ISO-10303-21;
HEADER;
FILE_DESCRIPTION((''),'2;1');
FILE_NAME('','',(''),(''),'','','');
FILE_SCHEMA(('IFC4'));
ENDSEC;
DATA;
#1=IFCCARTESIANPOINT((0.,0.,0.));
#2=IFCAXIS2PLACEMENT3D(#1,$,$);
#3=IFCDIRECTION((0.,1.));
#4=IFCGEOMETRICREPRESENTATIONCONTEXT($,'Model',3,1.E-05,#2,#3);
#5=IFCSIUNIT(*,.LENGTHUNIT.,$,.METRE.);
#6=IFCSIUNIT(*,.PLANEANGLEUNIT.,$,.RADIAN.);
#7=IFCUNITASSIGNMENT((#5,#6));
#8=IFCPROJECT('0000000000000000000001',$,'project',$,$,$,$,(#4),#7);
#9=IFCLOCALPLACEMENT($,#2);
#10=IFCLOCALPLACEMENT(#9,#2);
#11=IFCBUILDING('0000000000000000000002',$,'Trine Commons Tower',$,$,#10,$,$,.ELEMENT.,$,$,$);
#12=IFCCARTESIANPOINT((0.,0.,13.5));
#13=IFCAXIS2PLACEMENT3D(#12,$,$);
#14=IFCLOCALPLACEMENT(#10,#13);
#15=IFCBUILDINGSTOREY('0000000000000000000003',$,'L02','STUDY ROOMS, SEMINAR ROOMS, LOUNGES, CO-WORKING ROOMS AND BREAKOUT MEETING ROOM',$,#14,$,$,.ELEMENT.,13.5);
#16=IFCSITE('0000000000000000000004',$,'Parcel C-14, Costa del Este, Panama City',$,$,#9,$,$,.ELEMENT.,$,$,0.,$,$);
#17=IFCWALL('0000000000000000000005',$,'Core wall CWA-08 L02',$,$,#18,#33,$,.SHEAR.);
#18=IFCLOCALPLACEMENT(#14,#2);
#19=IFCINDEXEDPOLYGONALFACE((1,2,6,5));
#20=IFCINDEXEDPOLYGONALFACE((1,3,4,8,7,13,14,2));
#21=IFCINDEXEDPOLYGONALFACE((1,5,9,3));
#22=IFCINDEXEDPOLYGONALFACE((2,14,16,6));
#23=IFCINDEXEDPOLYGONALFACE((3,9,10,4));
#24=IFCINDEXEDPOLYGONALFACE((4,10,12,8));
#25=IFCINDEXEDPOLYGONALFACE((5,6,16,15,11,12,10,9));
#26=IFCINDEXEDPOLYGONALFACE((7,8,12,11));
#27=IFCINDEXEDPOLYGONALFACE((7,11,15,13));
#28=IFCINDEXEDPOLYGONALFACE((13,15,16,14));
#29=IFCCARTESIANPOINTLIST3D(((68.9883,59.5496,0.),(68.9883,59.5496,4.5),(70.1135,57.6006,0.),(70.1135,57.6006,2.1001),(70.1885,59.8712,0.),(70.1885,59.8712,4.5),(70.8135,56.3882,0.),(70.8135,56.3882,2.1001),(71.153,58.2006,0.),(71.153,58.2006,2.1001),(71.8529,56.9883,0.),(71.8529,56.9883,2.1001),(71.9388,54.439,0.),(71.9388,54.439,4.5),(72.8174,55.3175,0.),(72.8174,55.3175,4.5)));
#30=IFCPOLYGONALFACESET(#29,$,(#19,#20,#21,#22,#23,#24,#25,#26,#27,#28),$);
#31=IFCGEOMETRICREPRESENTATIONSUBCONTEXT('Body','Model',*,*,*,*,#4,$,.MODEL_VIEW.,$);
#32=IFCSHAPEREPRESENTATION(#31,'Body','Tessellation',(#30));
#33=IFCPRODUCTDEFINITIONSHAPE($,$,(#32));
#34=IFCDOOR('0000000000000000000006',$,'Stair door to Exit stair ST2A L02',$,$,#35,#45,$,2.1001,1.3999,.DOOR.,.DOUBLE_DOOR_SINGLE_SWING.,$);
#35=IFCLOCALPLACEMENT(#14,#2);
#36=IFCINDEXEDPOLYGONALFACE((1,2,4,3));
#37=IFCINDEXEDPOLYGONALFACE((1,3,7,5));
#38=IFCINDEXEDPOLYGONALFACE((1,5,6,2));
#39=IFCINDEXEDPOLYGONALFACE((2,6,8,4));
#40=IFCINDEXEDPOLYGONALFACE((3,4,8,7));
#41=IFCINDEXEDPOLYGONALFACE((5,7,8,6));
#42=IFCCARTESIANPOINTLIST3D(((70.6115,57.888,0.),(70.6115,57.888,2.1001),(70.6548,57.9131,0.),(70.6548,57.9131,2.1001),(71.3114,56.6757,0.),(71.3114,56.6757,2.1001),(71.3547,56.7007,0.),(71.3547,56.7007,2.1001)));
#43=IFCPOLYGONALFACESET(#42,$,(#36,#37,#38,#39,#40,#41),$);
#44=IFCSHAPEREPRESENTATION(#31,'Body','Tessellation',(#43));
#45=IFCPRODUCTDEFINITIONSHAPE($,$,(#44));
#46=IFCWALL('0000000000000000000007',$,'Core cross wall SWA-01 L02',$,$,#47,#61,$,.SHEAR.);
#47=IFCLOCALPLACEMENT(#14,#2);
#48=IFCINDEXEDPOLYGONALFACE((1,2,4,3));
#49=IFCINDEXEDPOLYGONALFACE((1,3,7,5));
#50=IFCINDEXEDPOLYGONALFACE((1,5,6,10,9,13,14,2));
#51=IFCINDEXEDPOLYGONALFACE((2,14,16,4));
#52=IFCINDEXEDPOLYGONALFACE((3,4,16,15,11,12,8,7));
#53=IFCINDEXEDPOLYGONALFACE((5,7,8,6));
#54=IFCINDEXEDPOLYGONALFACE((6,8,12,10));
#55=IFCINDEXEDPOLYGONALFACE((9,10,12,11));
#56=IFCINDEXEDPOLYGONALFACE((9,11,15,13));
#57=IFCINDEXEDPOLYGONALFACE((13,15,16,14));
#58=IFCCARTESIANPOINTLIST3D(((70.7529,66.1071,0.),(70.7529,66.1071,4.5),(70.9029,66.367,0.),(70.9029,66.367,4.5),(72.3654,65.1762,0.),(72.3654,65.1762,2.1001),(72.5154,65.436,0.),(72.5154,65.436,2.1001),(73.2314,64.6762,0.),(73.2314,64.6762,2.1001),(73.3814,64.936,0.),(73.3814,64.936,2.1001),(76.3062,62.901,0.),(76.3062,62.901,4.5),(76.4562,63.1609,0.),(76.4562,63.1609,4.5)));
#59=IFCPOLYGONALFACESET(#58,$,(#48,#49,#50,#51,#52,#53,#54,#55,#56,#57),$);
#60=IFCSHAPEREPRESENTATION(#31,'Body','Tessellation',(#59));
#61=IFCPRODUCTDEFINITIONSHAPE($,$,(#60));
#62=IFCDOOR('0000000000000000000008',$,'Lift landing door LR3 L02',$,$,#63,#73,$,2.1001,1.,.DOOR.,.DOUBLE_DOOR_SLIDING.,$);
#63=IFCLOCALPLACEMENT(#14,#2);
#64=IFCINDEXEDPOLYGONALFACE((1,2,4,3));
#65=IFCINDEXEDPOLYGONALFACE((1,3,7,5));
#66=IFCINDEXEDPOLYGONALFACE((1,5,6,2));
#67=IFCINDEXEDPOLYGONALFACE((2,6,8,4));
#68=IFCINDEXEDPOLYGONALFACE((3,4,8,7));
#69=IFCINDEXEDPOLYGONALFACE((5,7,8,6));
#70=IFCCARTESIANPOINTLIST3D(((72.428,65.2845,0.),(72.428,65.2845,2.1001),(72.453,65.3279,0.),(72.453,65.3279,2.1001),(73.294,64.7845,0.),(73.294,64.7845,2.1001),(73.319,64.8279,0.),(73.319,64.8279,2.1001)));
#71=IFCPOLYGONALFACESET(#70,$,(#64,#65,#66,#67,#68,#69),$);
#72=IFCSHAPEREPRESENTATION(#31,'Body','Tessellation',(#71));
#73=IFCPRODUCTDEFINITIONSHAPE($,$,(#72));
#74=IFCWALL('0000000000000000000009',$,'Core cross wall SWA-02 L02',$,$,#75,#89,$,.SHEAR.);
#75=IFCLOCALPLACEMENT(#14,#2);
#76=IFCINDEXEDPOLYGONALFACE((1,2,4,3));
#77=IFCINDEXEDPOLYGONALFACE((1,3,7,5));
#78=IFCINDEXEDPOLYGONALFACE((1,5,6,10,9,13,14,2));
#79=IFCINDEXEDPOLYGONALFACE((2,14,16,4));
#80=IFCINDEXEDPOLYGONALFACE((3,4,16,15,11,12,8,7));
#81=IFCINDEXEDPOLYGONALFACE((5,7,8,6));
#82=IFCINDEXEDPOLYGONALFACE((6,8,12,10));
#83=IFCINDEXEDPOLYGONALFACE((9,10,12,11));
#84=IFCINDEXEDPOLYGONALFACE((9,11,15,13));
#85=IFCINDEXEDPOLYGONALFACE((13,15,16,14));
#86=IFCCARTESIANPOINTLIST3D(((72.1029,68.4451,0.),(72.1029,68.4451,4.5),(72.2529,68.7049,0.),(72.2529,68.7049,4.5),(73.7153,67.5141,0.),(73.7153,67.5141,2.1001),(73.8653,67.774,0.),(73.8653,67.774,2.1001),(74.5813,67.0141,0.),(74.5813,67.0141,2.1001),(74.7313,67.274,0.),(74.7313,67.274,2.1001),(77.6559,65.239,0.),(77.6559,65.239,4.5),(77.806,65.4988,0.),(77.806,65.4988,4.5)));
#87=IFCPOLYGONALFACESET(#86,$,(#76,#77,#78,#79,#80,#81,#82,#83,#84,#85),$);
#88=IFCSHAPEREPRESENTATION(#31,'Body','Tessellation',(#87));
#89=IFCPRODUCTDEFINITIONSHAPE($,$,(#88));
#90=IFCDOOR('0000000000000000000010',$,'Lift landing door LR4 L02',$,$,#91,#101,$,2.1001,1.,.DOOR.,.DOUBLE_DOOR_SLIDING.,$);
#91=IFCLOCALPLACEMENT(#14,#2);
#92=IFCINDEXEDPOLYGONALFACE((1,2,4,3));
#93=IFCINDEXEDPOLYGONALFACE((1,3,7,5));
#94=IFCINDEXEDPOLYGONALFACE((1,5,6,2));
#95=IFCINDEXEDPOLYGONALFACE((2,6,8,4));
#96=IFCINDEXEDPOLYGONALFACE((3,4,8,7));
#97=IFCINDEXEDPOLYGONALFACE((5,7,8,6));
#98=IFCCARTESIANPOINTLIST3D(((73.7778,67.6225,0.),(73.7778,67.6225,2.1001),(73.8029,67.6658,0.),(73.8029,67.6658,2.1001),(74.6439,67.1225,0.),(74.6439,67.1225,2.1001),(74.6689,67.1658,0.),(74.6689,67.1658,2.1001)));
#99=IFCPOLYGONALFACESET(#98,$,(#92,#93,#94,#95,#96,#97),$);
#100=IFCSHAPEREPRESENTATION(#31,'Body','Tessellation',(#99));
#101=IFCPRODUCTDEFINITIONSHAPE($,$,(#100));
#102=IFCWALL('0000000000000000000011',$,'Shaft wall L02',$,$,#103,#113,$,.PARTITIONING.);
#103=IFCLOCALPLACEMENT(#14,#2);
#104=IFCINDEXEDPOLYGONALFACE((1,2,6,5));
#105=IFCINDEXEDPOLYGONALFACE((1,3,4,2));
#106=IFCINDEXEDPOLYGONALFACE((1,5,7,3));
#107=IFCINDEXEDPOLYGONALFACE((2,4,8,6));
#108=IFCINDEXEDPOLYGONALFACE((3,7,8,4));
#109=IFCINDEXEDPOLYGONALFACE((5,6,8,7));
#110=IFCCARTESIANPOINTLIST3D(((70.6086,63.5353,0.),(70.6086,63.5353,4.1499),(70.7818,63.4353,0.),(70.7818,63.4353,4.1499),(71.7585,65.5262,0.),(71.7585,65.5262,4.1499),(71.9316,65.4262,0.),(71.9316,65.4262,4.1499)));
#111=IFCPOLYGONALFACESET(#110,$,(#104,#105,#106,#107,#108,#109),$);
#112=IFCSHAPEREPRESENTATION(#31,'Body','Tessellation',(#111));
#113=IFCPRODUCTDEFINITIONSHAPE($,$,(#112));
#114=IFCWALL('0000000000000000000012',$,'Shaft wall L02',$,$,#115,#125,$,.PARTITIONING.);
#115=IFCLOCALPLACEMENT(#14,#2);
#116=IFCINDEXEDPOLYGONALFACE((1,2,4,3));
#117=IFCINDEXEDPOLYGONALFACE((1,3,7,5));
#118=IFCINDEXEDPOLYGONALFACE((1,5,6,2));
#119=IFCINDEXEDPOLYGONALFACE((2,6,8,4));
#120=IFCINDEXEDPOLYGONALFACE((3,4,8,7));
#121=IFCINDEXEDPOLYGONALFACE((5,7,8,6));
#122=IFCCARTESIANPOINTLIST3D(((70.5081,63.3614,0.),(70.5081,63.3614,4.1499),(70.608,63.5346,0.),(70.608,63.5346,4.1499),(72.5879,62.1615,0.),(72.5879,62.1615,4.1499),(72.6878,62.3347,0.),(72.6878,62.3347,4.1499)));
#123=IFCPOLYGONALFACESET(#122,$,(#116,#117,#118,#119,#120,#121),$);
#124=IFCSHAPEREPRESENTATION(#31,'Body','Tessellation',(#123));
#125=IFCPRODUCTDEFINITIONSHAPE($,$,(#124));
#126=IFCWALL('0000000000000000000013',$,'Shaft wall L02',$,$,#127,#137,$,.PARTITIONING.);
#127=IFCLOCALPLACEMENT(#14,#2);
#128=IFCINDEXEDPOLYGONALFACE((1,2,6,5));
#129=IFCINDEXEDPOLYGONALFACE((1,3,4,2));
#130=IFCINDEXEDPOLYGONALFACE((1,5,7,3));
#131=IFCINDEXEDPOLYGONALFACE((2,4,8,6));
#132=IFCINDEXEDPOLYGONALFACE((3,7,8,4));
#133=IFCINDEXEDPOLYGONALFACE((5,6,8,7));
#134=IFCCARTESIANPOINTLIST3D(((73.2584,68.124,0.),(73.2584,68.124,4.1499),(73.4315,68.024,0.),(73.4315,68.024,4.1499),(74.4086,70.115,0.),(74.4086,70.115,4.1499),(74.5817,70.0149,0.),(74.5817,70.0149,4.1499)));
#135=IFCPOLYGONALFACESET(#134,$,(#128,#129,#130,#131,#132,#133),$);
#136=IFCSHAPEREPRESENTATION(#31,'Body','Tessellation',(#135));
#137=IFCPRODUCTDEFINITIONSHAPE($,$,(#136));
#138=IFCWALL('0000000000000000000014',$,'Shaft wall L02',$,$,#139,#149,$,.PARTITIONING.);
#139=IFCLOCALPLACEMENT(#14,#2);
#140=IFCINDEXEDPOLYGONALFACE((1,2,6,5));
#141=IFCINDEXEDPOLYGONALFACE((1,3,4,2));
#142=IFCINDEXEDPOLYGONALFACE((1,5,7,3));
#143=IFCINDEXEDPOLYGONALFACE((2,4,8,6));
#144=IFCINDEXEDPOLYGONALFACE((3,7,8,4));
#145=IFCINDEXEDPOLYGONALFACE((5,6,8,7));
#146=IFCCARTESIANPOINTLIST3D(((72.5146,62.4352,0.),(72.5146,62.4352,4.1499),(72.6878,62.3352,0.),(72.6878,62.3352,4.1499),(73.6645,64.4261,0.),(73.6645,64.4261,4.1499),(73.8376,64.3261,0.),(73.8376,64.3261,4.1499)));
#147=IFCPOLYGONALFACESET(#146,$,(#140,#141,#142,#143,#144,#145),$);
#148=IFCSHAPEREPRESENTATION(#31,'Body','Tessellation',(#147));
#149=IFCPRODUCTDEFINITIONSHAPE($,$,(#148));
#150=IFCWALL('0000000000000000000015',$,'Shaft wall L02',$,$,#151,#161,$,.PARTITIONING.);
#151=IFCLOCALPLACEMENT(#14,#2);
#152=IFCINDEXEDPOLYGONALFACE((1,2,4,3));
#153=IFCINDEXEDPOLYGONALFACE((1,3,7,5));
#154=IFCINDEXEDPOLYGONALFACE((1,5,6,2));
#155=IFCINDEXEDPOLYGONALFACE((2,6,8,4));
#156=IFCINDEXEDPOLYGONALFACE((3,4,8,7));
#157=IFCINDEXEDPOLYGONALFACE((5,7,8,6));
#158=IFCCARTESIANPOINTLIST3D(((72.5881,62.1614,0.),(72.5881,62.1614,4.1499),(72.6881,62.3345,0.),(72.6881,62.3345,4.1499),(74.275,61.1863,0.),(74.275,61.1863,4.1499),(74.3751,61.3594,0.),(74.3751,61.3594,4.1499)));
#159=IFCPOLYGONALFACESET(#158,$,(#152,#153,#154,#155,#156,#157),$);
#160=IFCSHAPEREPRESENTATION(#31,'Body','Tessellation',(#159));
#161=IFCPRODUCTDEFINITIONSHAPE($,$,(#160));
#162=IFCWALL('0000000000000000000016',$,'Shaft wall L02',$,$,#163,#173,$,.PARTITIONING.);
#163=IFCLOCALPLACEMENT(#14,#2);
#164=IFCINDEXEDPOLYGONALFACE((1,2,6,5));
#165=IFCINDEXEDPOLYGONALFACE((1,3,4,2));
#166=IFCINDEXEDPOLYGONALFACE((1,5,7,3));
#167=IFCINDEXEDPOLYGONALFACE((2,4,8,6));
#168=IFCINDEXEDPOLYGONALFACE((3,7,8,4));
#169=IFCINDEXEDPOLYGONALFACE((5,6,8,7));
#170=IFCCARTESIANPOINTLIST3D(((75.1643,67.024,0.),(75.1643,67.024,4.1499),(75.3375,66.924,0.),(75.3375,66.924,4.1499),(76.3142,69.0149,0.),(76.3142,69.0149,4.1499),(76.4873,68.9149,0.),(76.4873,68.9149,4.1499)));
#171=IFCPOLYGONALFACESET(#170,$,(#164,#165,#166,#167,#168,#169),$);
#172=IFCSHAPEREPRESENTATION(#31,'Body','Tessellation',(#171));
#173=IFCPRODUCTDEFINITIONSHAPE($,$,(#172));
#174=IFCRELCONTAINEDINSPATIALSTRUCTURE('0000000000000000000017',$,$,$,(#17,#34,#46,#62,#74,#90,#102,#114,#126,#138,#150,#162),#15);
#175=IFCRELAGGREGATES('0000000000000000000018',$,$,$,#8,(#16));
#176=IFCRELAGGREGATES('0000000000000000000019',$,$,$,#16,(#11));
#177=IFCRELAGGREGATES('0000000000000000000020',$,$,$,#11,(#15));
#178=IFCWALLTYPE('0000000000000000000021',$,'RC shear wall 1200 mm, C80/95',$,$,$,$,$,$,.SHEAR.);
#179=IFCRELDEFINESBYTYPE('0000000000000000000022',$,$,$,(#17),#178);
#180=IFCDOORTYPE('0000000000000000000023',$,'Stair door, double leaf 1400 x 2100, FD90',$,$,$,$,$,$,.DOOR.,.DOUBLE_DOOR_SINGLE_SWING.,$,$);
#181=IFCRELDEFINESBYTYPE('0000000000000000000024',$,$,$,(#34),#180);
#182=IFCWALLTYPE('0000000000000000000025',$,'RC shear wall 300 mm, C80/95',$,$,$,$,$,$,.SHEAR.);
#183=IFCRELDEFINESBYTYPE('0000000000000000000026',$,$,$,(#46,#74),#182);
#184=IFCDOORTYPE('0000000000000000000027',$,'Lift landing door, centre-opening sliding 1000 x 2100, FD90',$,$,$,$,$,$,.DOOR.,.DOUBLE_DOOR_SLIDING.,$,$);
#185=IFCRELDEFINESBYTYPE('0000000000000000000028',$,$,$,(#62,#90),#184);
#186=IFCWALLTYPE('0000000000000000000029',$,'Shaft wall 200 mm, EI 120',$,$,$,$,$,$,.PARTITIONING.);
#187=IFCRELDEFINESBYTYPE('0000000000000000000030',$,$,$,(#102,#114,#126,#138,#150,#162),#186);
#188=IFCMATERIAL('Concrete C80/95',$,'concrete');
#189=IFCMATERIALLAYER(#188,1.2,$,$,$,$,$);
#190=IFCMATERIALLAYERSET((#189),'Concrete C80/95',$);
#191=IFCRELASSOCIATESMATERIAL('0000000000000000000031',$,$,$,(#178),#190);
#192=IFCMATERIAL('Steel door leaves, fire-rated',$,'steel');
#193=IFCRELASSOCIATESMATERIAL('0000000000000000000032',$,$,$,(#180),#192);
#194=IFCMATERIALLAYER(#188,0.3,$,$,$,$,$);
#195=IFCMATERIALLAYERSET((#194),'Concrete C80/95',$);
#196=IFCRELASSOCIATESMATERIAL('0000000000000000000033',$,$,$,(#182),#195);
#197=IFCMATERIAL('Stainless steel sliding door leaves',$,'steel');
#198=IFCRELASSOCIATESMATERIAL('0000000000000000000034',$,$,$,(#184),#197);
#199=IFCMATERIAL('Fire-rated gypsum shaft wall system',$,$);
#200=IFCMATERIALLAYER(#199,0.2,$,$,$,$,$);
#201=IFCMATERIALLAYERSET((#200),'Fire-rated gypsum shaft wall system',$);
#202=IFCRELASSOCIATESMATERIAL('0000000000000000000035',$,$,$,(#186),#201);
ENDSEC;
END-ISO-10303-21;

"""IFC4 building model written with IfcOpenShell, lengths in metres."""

from ifc_helpers import new_model, si_unit, direction, frame, frame_2d, origin, place, context, subcontext, project, spatial, polyline, rectangle, outline, extrude, material, layer, layer_set, type_object, element, fill, save


model = new_model("IFC4")

# Units and contexts
model_context = context("Model", 3, precision=1e-05, world=origin(), true_north=direction((0.0, 1.0)))
body_context = subcontext(model_context, "Body", "Model", "MODEL_VIEW")
ifc_project = project(units=[si_unit("LENGTHUNIT", "METRE"), si_unit("PLANEANGLEUNIT", "RADIAN")], contexts=[model_context])

# Site, building, storey
site_placement = place(None, origin())
site = spatial("IfcSite", under=ifc_project, at=site_placement, Name="Parcel C-14, Costa del Este, Panama City", CompositionType="ELEMENT", RefElevation=0.0)
building_placement = place(site_placement, origin())
building = spatial("IfcBuilding", under=site, at=building_placement, Name="Trine Commons Tower", CompositionType="ELEMENT")
storey_placement = place(building_placement, frame((0.0, 0.0, 13.5)))
storey = spatial("IfcBuildingStorey", under=building, at=storey_placement, Name="L02", Description="STUDY ROOMS, SEMINAR ROOMS, LOUNGES, CO-WORKING ROOMS AND BREAKOUT MEETING ROOM", CompositionType="ELEMENT", Elevation=13.5)

# Walls, openings, doors
ifc_material_1 = material(Name="Fire-rated gypsum shaft wall system")
ifc_material_2 = material(Name="Concrete C80/95", Category="concrete")
ifc_layer_1 = layer(ifc_material_2, 1.2)
ifc_layer_set_1 = layer_set([ifc_layer_1], Name="Concrete C80/95")
wall_type_1 = type_object("IfcWallType", Name="RC shear wall 1200 mm, C80/95", PredefinedType="SHEAR", material=ifc_layer_set_1)
wall_1_placement = place(storey_placement, frame((69.5081, 59.8496, 0.0), z_axis=(0.0, 0.0, 1.0), x_axis=(0.499979, -0.866037, 0.0)))
wall_1 = element("IfcWall", 1, at=wall_1_placement, inside=storey, type_object=wall_type_1, Name="Core wall CWA-08 L02", PredefinedType="SHEAR", context=body_context, shape_type="SweptSolid", body=[
    extrude(outline(polyline([(0.0, -0.6001), (5.9011, -0.6001), (5.5796, 0.6001), (0.3215, 0.6001), (0.0, -0.6001)])), origin(), (0.0, 0.0, 1.0), 4.5),
])
opening_1_placement = place(wall_1_placement, frame((2.2505, 0.0, 0.0)))
opening_1 = element("IfcOpeningElement", 2, at=opening_1_placement, cuts=wall_1, PredefinedType="OPENING", context=body_context, shape_type="SweptSolid", body=[
    extrude(rectangle(XDim=1.3999, YDim=2.1001, at=frame_2d((0.7, 1.05))), frame((0.0, 0.6099, 0.0), z_axis=(0.0, -1.0, 0.0), x_axis=(1.0, 0.0, 0.0)), (0.0, 0.0, 1.0), 1.22),
])
ifc_material_3 = material(Name="Steel door leaves, fire-rated", Category="steel")
door_type_1 = type_object("IfcDoorType", Name="Stair door, double leaf 1400 x 2100, FD90", OperationType="DOUBLE_DOOR_SINGLE_SWING", PredefinedType="DOOR", material=ifc_material_3)
door_1_placement = place(opening_1_placement, origin())
door_1 = element("IfcDoor", 3, at=door_1_placement, inside=storey, type_object=door_type_1, Name="Stair door to Exit stair ST2A L02", OperationType="DOUBLE_DOOR_SINGLE_SWING", OverallHeight=2.1001, OverallWidth=1.3999, PredefinedType="DOOR", context=body_context, shape_type="SweptSolid", body=[
    extrude(rectangle(XDim=1.3999, YDim=2.1001, at=frame_2d((0.7, 1.05))), frame((0.0, 0.0249, 0.0), z_axis=(0.0, -1.0, 0.0), x_axis=(1.0, 0.0, 0.0)), (0.0, 0.0, 1.0), 0.05),
])
fill(opening_1, door_1)
ifc_layer_2 = layer(ifc_material_2, 0.3)
ifc_layer_set_2 = layer_set([ifc_layer_2], Name="Concrete C80/95")
wall_type_2 = type_object("IfcWallType", Name="RC shear wall 300 mm, C80/95", PredefinedType="SHEAR", material=ifc_layer_set_2)
wall_2_placement = place(storey_placement, frame((76.3811, 63.031, 0.0), z_axis=(0.0, 0.0, 1.0), x_axis=(-0.866032, 0.499988, 0.0)))
wall_2 = element("IfcWall", 4, at=wall_2_placement, inside=storey, type_object=wall_type_2, Name="Core cross wall SWA-01 L02", PredefinedType="SHEAR", context=body_context, shape_type="SweptSolid", body=[
    extrude(rectangle(XDim=6.4124, YDim=0.3, at=frame_2d((3.2061, 0.0))), origin(), (0.0, 0.0, 1.0), 4.5),
])
opening_2_placement = place(wall_2_placement, frame((3.5503, 0.0, 0.0)))
opening_2 = element("IfcOpeningElement", 5, at=opening_2_placement, cuts=wall_2, PredefinedType="OPENING", context=body_context, shape_type="SweptSolid", body=[
    extrude(rectangle(XDim=1.0, YDim=2.1001, at=frame_2d((0.5, 1.05))), frame((0.0, 0.1599, 0.0), z_axis=(0.0, -1.0, 0.0), x_axis=(1.0, 0.0, 0.0)), (0.0, 0.0, 1.0), 0.3201),
])
ifc_material_4 = material(Name="Stainless steel sliding door leaves", Category="steel")
door_type_2 = type_object("IfcDoorType", Name="Lift landing door, centre-opening sliding 1000 x 2100, FD90", OperationType="DOUBLE_DOOR_SLIDING", PredefinedType="DOOR", material=ifc_material_4)
door_2_placement = place(opening_2_placement, origin())
door_2 = element("IfcDoor", 6, at=door_2_placement, inside=storey, type_object=door_type_2, Name="Lift landing door LR3 L02", OperationType="DOUBLE_DOOR_SLIDING", OverallHeight=2.1001, OverallWidth=1.0, PredefinedType="DOOR", context=body_context, shape_type="SweptSolid", body=[
    extrude(rectangle(XDim=1.0, YDim=2.1001, at=frame_2d((0.5, 1.05))), frame((0.0, 0.0249, 0.0), z_axis=(0.0, -1.0, 0.0), x_axis=(1.0, 0.0, 0.0)), (0.0, 0.0, 1.0), 0.05),
])
fill(opening_2, door_2)
wall_3_placement = place(storey_placement, frame((77.731, 65.3689, 0.0), z_axis=(0.0, 0.0, 1.0), x_axis=(-0.866023, 0.500005, 0.0)))
wall_3 = element("IfcWall", 7, at=wall_3_placement, inside=storey, type_object=wall_type_2, Name="Core cross wall SWA-02 L02", PredefinedType="SHEAR", context=body_context, shape_type="SweptSolid", body=[
    extrude(rectangle(XDim=6.4121, YDim=0.3, at=frame_2d((3.2061, 0.0))), origin(), (0.0, 0.0, 1.0), 4.5),
])
opening_3_placement = place(wall_3_placement, frame((3.5503, 0.0, 0.0)))
opening_3 = element("IfcOpeningElement", 8, at=opening_3_placement, cuts=wall_3, PredefinedType="OPENING", context=body_context, shape_type="SweptSolid", body=[
    extrude(rectangle(XDim=1.0, YDim=2.1001, at=frame_2d((0.5, 1.05))), frame((0.0, 0.1599, 0.0), z_axis=(0.0, -1.0, 0.0), x_axis=(1.0, 0.0, 0.0)), (0.0, 0.0, 1.0), 0.3201),
])
door_3_placement = place(opening_3_placement, origin())
door_3 = element("IfcDoor", 9, at=door_3_placement, inside=storey, type_object=door_type_2, Name="Lift landing door LR4 L02", OperationType="DOUBLE_DOOR_SLIDING", OverallHeight=2.1001, OverallWidth=1.0, PredefinedType="DOOR", context=body_context, shape_type="SweptSolid", body=[
    extrude(rectangle(XDim=1.0, YDim=2.1001, at=frame_2d((0.5, 1.05))), frame((0.0, 0.0249, 0.0), z_axis=(0.0, -1.0, 0.0), x_axis=(1.0, 0.0, 0.0)), (0.0, 0.0, 1.0), 0.05),
])
fill(opening_3, door_3)

# Walls
ifc_layer_3 = layer(ifc_material_1, 0.2)
ifc_layer_set_3 = layer_set([ifc_layer_3], Name="Fire-rated gypsum shaft wall system")
wall_type_3 = type_object("IfcWallType", Name="Shaft wall 200 mm, EI 120", PredefinedType="PARTITIONING", material=ifc_layer_set_3)
wall_4_placement = place(storey_placement, frame((71.845, 65.4761, 0.0), z_axis=(0.0, 0.0, 1.0), x_axis=(-0.500136, -0.865947, 0.0)))
element("IfcWall", 10, at=wall_4_placement, inside=storey, type_object=wall_type_3, Name="Shaft wall L02", PredefinedType="PARTITIONING", context=body_context, shape_type="SweptSolid", body=[
    extrude(rectangle(XDim=2.2991, YDim=0.2, at=frame_2d((1.1494, 0.0))), origin(), (0.0, 0.0, 1.0), 4.1499),
])
wall_5_placement = place(storey_placement, frame((72.6379, 62.248, 0.0), z_axis=(0.0, 0.0, 1.0), x_axis=(-0.866177, 0.499737, 0.0)))
element("IfcWall", 11, at=wall_5_placement, inside=storey, type_object=wall_type_3, Name="Shaft wall L02", PredefinedType="PARTITIONING", context=body_context, shape_type="SweptSolid", body=[
    extrude(rectangle(XDim=2.4011, YDim=0.2, at=frame_2d((1.2007, 0.0))), origin(), (0.0, 0.0, 1.0), 4.1499),
])
wall_6_placement = place(storey_placement, frame((73.345, 68.074, 0.0), z_axis=(0.0, 0.0, 1.0), x_axis=(0.500216, 0.865901, 0.0)))
element("IfcWall", 12, at=wall_6_placement, inside=storey, type_object=wall_type_3, Name="Shaft wall L02", PredefinedType="PARTITIONING", context=body_context, shape_type="SweptSolid", body=[
    extrude(rectangle(XDim=2.2993, YDim=0.2, at=frame_2d((1.1497, 0.0))), origin(), (0.0, 0.0, 1.0), 4.1499),
])
wall_7_placement = place(storey_placement, frame((73.751, 64.376, 0.0), z_axis=(0.0, 0.0, 1.0), x_axis=(-0.500136, -0.865947, 0.0)))
element("IfcWall", 13, at=wall_7_placement, inside=storey, type_object=wall_type_3, Name="Shaft wall L02", PredefinedType="PARTITIONING", context=body_context, shape_type="SweptSolid", body=[
    extrude(rectangle(XDim=2.2991, YDim=0.2, at=frame_2d((1.1494, 0.0))), origin(), (0.0, 0.0, 1.0), 4.1499),
])
wall_8_placement = place(storey_placement, frame((74.325, 61.2729, 0.0), z_axis=(0.0, 0.0, 1.0), x_axis=(-0.865781, 0.500424, 0.0)))
element("IfcWall", 14, at=wall_8_placement, inside=storey, type_object=wall_type_3, Name="Shaft wall L02", PredefinedType="PARTITIONING", context=body_context, shape_type="SweptSolid", body=[
    extrude(rectangle(XDim=1.9485, YDim=0.2, at=frame_2d((0.9741, 0.0))), origin(), (0.0, 0.0, 1.0), 4.1499),
])
wall_9_placement = place(storey_placement, frame((75.251, 66.9741, 0.0), z_axis=(0.0, 0.0, 1.0), x_axis=(0.500136, 0.865947, 0.0)))
element("IfcWall", 15, at=wall_9_placement, inside=storey, type_object=wall_type_3, Name="Shaft wall L02", PredefinedType="PARTITIONING", context=body_context, shape_type="SweptSolid", body=[
    extrude(rectangle(XDim=2.2991, YDim=0.2, at=frame_2d((1.1494, 0.0))), origin(), (0.0, 0.0, 1.0), 4.1499),
])

save(model, "model.ifc")
